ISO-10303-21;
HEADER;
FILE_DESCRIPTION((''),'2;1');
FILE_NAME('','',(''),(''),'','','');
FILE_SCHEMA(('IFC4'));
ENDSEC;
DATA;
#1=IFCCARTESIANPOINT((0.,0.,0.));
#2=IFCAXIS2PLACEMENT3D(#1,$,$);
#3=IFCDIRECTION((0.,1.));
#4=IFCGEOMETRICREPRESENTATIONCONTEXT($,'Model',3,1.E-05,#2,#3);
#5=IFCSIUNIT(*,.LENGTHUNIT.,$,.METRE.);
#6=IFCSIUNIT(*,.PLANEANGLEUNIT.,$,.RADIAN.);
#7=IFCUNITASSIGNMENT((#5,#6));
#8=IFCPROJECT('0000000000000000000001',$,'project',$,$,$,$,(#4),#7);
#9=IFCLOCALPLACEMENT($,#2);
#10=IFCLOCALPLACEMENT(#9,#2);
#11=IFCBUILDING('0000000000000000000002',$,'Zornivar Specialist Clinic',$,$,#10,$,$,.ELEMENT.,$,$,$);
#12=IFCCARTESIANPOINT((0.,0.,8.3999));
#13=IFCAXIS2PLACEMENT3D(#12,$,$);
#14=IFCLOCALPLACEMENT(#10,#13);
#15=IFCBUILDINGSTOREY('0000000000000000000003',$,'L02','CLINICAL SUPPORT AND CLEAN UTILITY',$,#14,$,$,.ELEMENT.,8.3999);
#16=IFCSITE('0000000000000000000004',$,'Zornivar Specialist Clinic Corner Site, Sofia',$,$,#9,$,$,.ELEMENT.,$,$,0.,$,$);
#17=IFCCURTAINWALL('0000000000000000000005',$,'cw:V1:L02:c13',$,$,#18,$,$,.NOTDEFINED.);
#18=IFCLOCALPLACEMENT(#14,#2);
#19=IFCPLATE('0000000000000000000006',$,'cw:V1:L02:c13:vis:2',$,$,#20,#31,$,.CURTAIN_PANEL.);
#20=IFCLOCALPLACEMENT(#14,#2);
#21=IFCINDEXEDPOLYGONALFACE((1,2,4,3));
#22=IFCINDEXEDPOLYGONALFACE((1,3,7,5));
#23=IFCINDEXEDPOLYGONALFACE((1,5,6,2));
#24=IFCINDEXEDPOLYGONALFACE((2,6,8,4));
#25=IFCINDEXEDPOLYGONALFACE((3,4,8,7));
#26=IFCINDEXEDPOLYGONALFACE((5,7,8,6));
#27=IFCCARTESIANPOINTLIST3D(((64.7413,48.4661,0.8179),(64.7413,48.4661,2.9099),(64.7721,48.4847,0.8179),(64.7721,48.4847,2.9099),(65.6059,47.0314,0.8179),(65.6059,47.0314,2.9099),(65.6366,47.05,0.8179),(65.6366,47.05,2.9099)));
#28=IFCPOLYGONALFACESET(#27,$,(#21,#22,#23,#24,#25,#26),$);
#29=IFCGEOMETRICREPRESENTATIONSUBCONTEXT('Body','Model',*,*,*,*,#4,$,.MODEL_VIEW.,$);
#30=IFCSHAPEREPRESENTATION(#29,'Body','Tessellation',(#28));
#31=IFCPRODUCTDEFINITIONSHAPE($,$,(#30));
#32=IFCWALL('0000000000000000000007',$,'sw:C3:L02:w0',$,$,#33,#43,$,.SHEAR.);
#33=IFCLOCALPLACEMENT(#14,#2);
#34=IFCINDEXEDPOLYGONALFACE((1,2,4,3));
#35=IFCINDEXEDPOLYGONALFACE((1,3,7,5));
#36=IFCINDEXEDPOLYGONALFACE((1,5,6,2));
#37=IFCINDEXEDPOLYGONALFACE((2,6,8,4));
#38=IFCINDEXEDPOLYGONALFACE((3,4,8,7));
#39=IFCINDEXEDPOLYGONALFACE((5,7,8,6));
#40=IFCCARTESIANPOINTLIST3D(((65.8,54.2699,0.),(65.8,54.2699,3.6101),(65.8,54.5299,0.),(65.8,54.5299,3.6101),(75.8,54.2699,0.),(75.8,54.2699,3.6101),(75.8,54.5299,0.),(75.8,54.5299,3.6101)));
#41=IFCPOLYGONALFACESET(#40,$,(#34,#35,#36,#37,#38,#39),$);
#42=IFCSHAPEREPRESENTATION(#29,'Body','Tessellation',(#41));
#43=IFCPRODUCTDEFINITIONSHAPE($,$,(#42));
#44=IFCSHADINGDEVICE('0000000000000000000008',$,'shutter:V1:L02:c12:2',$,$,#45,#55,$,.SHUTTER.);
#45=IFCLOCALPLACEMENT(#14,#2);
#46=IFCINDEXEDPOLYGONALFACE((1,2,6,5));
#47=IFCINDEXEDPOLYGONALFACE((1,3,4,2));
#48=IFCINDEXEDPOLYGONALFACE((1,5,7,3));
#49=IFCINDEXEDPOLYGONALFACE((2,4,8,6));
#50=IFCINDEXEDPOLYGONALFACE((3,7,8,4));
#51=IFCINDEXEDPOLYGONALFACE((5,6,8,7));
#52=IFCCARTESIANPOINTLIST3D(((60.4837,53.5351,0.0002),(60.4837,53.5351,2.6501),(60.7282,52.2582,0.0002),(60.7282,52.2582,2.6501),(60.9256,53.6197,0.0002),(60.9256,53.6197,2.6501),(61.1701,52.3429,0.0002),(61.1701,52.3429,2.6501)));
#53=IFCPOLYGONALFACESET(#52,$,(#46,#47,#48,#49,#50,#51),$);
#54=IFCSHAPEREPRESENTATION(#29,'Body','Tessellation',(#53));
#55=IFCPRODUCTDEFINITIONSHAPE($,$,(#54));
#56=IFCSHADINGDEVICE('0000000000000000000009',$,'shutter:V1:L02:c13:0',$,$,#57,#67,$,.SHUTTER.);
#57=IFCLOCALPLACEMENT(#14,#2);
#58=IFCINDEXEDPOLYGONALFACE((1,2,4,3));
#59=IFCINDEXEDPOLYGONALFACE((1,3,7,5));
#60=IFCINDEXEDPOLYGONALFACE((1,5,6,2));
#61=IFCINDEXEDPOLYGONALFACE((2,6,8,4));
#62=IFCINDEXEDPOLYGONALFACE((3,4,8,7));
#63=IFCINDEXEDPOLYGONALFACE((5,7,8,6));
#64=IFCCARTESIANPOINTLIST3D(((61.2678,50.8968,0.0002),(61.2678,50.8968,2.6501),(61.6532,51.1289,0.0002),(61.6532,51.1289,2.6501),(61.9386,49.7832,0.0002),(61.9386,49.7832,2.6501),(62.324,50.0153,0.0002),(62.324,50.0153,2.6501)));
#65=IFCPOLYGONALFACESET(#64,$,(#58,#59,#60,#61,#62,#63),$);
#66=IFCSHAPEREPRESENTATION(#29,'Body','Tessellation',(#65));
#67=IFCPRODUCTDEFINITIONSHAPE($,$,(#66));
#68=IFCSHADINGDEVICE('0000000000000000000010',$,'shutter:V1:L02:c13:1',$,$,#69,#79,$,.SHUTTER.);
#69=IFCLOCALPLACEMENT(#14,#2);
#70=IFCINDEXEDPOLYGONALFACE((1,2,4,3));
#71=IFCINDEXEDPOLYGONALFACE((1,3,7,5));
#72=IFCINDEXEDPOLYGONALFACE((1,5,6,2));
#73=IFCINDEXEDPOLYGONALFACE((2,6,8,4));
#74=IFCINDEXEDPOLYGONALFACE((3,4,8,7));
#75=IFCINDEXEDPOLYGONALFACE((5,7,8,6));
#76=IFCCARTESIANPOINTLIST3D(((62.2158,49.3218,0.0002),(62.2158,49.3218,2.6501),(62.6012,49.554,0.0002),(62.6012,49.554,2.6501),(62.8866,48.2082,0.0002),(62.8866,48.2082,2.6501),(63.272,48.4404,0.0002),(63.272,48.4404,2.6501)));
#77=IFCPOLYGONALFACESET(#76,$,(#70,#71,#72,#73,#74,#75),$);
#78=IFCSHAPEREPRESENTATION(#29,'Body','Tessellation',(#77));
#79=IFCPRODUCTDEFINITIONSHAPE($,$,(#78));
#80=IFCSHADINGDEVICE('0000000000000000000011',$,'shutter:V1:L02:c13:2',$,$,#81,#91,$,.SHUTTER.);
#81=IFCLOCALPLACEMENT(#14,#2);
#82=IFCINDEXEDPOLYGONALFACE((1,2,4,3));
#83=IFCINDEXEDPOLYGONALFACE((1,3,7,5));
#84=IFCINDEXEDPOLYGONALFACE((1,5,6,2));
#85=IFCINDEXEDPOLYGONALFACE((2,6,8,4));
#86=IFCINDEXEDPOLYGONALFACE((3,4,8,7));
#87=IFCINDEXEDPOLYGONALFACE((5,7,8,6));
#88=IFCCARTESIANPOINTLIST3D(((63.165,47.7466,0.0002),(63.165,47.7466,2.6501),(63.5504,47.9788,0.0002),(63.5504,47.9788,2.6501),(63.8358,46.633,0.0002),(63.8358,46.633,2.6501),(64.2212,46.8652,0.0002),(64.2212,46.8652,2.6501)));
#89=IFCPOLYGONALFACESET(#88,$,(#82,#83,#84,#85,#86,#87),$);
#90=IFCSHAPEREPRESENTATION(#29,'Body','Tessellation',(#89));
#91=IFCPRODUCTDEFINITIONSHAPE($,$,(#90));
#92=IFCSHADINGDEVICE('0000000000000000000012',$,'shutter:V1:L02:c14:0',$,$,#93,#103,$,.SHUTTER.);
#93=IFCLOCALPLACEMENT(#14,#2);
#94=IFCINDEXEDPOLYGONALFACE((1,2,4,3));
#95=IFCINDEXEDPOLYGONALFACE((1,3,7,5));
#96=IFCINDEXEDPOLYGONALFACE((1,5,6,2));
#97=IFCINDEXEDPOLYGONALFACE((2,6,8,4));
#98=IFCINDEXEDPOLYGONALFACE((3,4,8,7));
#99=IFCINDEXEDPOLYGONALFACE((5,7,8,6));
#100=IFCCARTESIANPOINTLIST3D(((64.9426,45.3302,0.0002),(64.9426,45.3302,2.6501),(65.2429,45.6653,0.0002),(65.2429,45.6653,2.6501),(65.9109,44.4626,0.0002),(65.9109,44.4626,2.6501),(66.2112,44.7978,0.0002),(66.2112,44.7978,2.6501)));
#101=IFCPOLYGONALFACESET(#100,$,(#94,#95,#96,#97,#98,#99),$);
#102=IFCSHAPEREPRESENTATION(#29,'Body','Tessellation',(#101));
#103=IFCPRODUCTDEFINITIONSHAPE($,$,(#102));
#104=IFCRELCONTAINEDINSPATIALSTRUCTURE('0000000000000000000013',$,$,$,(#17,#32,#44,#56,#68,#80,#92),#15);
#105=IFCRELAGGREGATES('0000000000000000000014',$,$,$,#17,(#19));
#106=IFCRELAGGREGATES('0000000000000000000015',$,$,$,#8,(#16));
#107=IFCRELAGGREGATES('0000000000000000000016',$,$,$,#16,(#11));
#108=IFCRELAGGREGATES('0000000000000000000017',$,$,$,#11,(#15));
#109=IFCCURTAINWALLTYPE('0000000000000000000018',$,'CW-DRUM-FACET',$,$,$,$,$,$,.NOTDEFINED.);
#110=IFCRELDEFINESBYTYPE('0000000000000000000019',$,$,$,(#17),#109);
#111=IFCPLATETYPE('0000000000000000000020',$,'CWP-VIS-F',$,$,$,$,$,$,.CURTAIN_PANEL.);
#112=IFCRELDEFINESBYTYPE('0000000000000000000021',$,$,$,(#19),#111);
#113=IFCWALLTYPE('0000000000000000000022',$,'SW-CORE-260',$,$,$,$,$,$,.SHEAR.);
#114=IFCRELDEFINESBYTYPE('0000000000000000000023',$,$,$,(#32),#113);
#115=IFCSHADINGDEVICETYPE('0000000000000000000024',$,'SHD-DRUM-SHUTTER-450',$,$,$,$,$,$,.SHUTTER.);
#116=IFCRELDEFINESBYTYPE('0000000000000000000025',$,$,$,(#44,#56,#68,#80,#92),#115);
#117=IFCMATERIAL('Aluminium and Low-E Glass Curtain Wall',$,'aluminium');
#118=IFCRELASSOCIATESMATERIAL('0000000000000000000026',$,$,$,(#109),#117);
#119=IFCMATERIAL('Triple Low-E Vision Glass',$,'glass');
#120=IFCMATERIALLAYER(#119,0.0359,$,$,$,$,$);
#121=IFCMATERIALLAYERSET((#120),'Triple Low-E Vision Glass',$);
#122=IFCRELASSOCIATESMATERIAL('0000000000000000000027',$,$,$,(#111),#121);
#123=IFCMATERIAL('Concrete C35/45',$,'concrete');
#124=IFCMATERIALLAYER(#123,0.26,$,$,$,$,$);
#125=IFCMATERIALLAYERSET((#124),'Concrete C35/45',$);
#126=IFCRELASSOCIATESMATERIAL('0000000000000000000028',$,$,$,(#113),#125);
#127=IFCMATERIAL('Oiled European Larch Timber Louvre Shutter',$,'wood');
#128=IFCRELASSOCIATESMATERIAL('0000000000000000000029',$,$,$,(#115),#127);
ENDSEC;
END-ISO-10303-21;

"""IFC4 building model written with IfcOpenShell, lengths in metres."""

from ifc_helpers import new_model, si_unit, direction, frame, frame_2d, origin, origin_2d, place, context, subcontext, project, spatial, rectangle, extrude, material, layer, layer_set, type_object, element, aggregate, save


model = new_model("IFC4")

# Units and contexts
model_context = context("Model", 3, precision=1e-05, world=origin(), true_north=direction((0.0, 1.0)))
body_context = subcontext(model_context, "Body", "Model", "MODEL_VIEW")
ifc_project = project(units=[si_unit("LENGTHUNIT", "METRE"), si_unit("PLANEANGLEUNIT", "RADIAN")], contexts=[model_context])

# Site, building, storey
site_placement = place(None, origin())
site = spatial("IfcSite", under=ifc_project, at=site_placement, Name="Zornivar Specialist Clinic Corner Site, Sofia", CompositionType="ELEMENT", RefElevation=0.0)
building_placement = place(site_placement, origin())
building = spatial("IfcBuilding", under=site, at=building_placement, Name="Zornivar Specialist Clinic", CompositionType="ELEMENT")
storey_placement = place(building_placement, frame((0.0, 0.0, 8.3999)))
storey = spatial("IfcBuildingStorey", under=building, at=storey_placement, Name="L02", Description="CLINICAL SUPPORT AND CLEAN UTILITY", CompositionType="ELEMENT", Elevation=8.3999)

# Shared definitions
ifc_material_1 = material(Name="Aluminium and Low-E Glass Curtain Wall", Category="aluminium")
curtain_wall_type = type_object("IfcCurtainWallType", Name="CW-DRUM-FACET", PredefinedType="NOTDEFINED", material=ifc_material_1)

# Curtain wall
curtain_wall_1_placement = place(storey_placement, origin())
curtain_wall_1 = element("IfcCurtainWall", 1, at=curtain_wall_1_placement, inside=storey, type_object=curtain_wall_type, Name="cw:V1:L02:c13", PredefinedType="NOTDEFINED")

# Plate
ifc_material_2 = material(Name="Triple Low-E Vision Glass", Category="glass")
ifc_layer_1 = layer(ifc_material_2, 0.0359)
ifc_layer_set_1 = layer_set([ifc_layer_1], Name="Triple Low-E Vision Glass")
plate_type_1 = type_object("IfcPlateType", Name="CWP-VIS-F", PredefinedType="CURTAIN_PANEL", material=ifc_layer_set_1)
plate_1_placement = place(storey_placement, frame((65.189, 47.7581, 0.8179), z_axis=(0.0, 0.0, 1.0), x_axis=(0.516127, -0.856512, 0.0)))
plate_1 = element("IfcPlate", 2, at=plate_1_placement, type_object=plate_type_1, Name="cw:V1:L02:c13:vis:2", PredefinedType="CURTAIN_PANEL", context=body_context, shape_type="SweptSolid", body=[
    extrude(rectangle(XDim=1.675, YDim=0.0359, at=origin_2d()), origin(), (0.0, 0.0, 1.0), 2.092),
])
aggregate(curtain_wall_1, [plate_1])

# Wall
ifc_material_3 = material(Name="Concrete C35/45", Category="concrete")
ifc_layer_2 = layer(ifc_material_3, 0.26)
ifc_layer_set_2 = layer_set([ifc_layer_2], Name="Concrete C35/45")
wall_type = type_object("IfcWallType", Name="SW-CORE-260", PredefinedType="SHEAR", material=ifc_layer_set_2)
wall_placement = place(storey_placement, frame((65.8, 54.3999, 0.0), z_axis=(0.0, 0.0, 1.0), x_axis=(1.0, 0.0, 0.0)))
element("IfcWall", 3, at=wall_placement, inside=storey, type_object=wall_type, Name="sw:C3:L02:w0", PredefinedType="SHEAR", context=body_context, shape_type="SweptSolid", body=[
    extrude(rectangle(XDim=10.0, YDim=0.26, at=frame_2d((5.0, 0.0))), origin(), (0.0, 0.0, 1.0), 3.6101),
])

# Shading devices
ifc_material_4 = material(Name="Oiled European Larch Timber Louvre Shutter", Category="wood")
shading_device_type = type_object("IfcShadingDeviceType", Name="SHD-DRUM-SHUTTER-450", PredefinedType="SHUTTER", material=ifc_material_4)
for number, where, z_axis, x_axis, name in (
    (4, (60.8269, 52.939, 0.0002), (0.0, 0.0, 1.0), (0.188099, -0.98215, 0.0), "shutter:V1:L02:c12:2"),
    (5, (61.7959, 50.4561, 0.0002), (0.0, 0.0, 1.0), (0.516018, -0.856578, 0.0), "shutter:V1:L02:c13:0"),
    (6, (62.7439, 48.8811, 0.0002), (0.0, 0.0, 1.0), (0.516018, -0.856578, 0.0), "shutter:V1:L02:c13:1"),
    (7, (63.6931, 47.3059, 0.0002), (0.0, 0.0, 1.0), (0.516018, -0.856578, 0.0), "shutter:V1:L02:c13:2"),
    (8, (65.5769, 45.064, 0.0002), (0.0, 0.0, 1.0), (0.744797, -0.667291, 0.0), "shutter:V1:L02:c14:0"),
):
    element("IfcShadingDevice", number, at=place(storey_placement, frame(where, z_axis=z_axis, x_axis=x_axis)), inside=storey, type_object=shading_device_type, Name=name, PredefinedType="SHUTTER", context=body_context, shape_type="SweptSolid", body=[
        extrude(rectangle(XDim=1.3, YDim=0.45, at=origin_2d()), origin(), (0.0, 0.0, 1.0), 2.6499),
    ])

save(model, "model.ifc")
